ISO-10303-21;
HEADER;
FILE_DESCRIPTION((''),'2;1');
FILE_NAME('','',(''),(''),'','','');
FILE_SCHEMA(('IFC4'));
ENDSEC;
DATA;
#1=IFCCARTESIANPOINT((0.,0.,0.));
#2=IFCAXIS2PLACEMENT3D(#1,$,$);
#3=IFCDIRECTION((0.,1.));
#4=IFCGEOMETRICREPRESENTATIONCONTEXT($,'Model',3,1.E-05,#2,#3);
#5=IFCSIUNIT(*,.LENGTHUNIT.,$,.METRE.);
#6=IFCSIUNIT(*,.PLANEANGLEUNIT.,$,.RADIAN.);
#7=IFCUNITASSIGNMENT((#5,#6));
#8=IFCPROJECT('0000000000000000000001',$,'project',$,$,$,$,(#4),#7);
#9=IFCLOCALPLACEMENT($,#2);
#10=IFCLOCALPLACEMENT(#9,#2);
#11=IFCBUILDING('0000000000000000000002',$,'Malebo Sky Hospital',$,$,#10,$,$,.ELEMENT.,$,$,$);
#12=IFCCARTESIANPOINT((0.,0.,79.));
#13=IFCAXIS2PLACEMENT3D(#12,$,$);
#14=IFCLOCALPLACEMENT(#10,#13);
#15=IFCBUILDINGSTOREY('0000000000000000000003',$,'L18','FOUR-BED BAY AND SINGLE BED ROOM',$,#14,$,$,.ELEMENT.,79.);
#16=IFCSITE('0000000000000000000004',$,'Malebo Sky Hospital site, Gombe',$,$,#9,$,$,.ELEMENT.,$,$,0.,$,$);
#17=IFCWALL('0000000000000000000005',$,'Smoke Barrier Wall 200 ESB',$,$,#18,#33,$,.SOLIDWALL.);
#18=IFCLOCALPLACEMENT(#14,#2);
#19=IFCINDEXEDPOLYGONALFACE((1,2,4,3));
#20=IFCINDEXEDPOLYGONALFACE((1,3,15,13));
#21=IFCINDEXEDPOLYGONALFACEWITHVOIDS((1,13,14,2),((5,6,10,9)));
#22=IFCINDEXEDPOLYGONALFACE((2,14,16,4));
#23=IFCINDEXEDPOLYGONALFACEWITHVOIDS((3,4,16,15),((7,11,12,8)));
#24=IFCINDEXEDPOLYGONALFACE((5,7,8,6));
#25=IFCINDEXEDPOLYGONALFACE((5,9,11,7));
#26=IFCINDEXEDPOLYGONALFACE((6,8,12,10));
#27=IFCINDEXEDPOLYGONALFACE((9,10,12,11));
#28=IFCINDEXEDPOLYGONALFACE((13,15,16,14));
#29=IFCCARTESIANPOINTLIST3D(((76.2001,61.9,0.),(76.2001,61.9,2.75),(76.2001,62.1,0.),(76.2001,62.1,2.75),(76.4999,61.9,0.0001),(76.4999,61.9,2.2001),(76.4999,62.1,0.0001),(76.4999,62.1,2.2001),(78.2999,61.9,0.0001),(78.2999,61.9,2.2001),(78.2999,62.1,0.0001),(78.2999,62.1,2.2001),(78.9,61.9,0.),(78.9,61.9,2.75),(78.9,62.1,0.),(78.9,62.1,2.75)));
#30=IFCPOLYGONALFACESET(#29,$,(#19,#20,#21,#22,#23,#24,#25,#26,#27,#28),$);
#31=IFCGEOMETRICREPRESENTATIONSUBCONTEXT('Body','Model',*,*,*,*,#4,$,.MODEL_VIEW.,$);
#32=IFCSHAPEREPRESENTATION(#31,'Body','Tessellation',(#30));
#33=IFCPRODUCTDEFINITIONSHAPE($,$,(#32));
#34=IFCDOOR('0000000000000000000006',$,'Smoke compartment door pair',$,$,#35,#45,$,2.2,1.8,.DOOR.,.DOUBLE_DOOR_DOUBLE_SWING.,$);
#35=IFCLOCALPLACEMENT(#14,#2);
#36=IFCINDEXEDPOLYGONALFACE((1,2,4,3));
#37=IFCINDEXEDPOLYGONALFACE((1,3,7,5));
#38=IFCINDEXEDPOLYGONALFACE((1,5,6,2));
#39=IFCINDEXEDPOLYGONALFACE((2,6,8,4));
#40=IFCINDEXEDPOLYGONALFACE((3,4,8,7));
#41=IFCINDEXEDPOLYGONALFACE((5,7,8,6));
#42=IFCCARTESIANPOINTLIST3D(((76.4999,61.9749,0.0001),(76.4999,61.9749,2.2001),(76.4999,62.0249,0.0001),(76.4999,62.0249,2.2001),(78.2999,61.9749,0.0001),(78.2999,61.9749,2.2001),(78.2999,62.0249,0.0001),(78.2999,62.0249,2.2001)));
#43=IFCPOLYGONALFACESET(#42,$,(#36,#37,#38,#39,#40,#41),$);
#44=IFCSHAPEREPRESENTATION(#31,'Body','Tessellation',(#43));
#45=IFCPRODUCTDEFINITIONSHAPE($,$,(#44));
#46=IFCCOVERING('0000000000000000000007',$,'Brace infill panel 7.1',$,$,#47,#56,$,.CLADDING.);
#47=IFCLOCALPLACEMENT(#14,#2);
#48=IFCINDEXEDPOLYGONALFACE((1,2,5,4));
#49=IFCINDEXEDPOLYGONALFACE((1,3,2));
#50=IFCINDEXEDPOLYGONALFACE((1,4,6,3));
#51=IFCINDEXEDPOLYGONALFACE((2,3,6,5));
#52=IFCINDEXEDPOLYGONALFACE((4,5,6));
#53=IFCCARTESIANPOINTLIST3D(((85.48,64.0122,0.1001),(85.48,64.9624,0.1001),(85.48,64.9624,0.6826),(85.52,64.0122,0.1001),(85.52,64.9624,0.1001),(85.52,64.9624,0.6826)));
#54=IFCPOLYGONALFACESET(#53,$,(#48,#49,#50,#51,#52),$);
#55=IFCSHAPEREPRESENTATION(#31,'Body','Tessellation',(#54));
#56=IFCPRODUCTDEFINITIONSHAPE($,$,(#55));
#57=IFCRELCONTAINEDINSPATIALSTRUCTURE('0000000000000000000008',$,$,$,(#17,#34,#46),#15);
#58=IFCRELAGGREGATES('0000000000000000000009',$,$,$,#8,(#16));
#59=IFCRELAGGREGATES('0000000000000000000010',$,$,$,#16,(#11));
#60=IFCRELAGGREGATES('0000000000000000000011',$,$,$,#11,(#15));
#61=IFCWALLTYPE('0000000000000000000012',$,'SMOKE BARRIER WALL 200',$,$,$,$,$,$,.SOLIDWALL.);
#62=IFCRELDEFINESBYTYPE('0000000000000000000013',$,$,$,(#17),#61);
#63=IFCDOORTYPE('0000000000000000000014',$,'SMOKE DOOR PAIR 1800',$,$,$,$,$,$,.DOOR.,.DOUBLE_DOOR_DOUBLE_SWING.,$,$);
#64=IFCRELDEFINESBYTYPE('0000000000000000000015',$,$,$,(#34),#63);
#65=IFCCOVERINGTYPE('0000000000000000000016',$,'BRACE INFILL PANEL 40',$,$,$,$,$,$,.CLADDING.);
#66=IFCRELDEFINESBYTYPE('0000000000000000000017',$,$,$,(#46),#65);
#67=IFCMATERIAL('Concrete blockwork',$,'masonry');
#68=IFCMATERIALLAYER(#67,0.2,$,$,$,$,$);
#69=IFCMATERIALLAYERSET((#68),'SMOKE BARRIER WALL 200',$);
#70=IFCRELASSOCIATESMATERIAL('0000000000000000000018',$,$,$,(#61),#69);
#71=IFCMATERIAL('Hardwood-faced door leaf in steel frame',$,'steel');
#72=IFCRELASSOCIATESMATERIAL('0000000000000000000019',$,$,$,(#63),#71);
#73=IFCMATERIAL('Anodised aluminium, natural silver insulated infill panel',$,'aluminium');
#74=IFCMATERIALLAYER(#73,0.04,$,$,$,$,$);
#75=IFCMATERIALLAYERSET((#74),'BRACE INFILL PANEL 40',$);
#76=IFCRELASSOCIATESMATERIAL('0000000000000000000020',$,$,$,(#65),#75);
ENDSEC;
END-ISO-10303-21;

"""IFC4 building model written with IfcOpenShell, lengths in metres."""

from ifc_helpers import new_model, si_unit, direction, frame, frame_2d, origin, place, context, subcontext, project, spatial, polyline, rectangle, outline, extrude, material, layer, layer_set, type_object, element, fill, save


model = new_model("IFC4")

# Units and contexts
model_context = context("Model", 3, precision=1e-05, world=origin(), true_north=direction((0.0, 1.0)))
body_context = subcontext(model_context, "Body", "Model", "MODEL_VIEW")
ifc_project = project(units=[si_unit("LENGTHUNIT", "METRE"), si_unit("PLANEANGLEUNIT", "RADIAN")], contexts=[model_context])

# Site, building, storey
site_placement = place(None, origin())
site = spatial("IfcSite", under=ifc_project, at=site_placement, Name="Malebo Sky Hospital site, Gombe", CompositionType="ELEMENT", RefElevation=0.0)
building_placement = place(site_placement, origin())
building = spatial("IfcBuilding", under=site, at=building_placement, Name="Malebo Sky Hospital", CompositionType="ELEMENT")
storey_placement = place(building_placement, frame((0.0, 0.0, 79.0)))
storey = spatial("IfcBuildingStorey", under=building, at=storey_placement, Name="L18", Description="FOUR-BED BAY AND SINGLE BED ROOM", CompositionType="ELEMENT", Elevation=79.0)

# Shared definitions
ifc_material_1 = material(Name="Hardwood-faced door leaf in steel frame", Category="steel")

# Shared definitions
ifc_material_2 = material(Name="Concrete blockwork", Category="masonry")
ifc_layer_1 = layer(ifc_material_2, 0.2)
ifc_layer_set_1 = layer_set([ifc_layer_1], Name="SMOKE BARRIER WALL 200")
wall_type_1 = type_object("IfcWallType", Name="SMOKE BARRIER WALL 200", PredefinedType="SOLIDWALL", material=ifc_layer_set_1)

# Wall, opening, door
wall_1_placement = place(storey_placement, frame((76.2, 62.0, 0.0), z_axis=(0.0, 0.0, 1.0), x_axis=(1.0, 0.0, 0.0)))
wall_1 = element("IfcWall", 1, at=wall_1_placement, inside=storey, type_object=wall_type_1, Name="Smoke Barrier Wall 200 ESB", PredefinedType="SOLIDWALL", context=body_context, shape_type="SweptSolid", body=[
    extrude(rectangle(XDim=2.7, YDim=0.2, at=frame_2d((1.3501, 0.0))), origin(), (0.0, 0.0, 1.0), 2.75),
])
opening_1_placement = place(wall_1_placement, frame((0.3, 0.0, 0.0)))
opening_1 = element("IfcOpeningElement", 2, at=opening_1_placement, cuts=wall_1, PredefinedType="OPENING", context=body_context, shape_type="SweptSolid", body=[
    extrude(rectangle(XDim=1.8, YDim=2.2, at=frame_2d((0.8999, 1.1001))), frame((0.0, 0.1099, 0.0), z_axis=(0.0, -1.0, 0.0), x_axis=(1.0, 0.0, 0.0)), (0.0, 0.0, 1.0), 0.22),
])
door_type_1 = type_object("IfcDoorType", Name="SMOKE DOOR PAIR 1800", OperationType="DOUBLE_DOOR_DOUBLE_SWING", PredefinedType="DOOR", material=ifc_material_1)
door_1_placement = place(opening_1_placement, origin())
door_1 = element("IfcDoor", 3, at=door_1_placement, inside=storey, type_object=door_type_1, Name="Smoke compartment door pair", OperationType="DOUBLE_DOOR_DOUBLE_SWING", OverallHeight=2.2, OverallWidth=1.8, PredefinedType="DOOR", context=body_context, shape_type="SweptSolid", body=[
    extrude(rectangle(XDim=1.8, YDim=2.2, at=frame_2d((0.8999, 1.1001))), frame((0.0, 0.0249, 0.0), z_axis=(0.0, -1.0, 0.0), x_axis=(1.0, 0.0, 0.0)), (0.0, 0.0, 1.0), 0.05),
])
fill(opening_1, door_1)

# Covering
ifc_material_3 = material(Name="Anodised aluminium, natural silver insulated infill panel", Category="aluminium")
ifc_layer_2 = layer(ifc_material_3, 0.04)
ifc_layer_set_2 = layer_set([ifc_layer_2], Name="BRACE INFILL PANEL 40")
covering_type = type_object("IfcCoveringType", Name="BRACE INFILL PANEL 40", PredefinedType="CLADDING", material=ifc_layer_set_2)
covering_placement = place(storey_placement, frame((85.5, 64.4873, 0.1001), z_axis=(0.0, 0.0, 1.0), x_axis=(0.0, -1.0, 0.0)))
element("IfcCovering", 4, at=covering_placement, inside=storey, type_object=covering_type, Name="Brace infill panel 7.1", PredefinedType="CLADDING", context=body_context, shape_type="SweptSolid", body=[
    extrude(outline(polyline([(-0.4751, 0.0), (0.4751, 0.0), (-0.4751, 0.5825), (-0.4751, 0.0)])), frame((0.0, 0.02, 0.0), z_axis=(0.0, -1.0, 0.0), x_axis=(1.0, 0.0, 0.0)), (0.0, 0.0, 1.0), 0.04),
])

save(model, "model.ifc")
